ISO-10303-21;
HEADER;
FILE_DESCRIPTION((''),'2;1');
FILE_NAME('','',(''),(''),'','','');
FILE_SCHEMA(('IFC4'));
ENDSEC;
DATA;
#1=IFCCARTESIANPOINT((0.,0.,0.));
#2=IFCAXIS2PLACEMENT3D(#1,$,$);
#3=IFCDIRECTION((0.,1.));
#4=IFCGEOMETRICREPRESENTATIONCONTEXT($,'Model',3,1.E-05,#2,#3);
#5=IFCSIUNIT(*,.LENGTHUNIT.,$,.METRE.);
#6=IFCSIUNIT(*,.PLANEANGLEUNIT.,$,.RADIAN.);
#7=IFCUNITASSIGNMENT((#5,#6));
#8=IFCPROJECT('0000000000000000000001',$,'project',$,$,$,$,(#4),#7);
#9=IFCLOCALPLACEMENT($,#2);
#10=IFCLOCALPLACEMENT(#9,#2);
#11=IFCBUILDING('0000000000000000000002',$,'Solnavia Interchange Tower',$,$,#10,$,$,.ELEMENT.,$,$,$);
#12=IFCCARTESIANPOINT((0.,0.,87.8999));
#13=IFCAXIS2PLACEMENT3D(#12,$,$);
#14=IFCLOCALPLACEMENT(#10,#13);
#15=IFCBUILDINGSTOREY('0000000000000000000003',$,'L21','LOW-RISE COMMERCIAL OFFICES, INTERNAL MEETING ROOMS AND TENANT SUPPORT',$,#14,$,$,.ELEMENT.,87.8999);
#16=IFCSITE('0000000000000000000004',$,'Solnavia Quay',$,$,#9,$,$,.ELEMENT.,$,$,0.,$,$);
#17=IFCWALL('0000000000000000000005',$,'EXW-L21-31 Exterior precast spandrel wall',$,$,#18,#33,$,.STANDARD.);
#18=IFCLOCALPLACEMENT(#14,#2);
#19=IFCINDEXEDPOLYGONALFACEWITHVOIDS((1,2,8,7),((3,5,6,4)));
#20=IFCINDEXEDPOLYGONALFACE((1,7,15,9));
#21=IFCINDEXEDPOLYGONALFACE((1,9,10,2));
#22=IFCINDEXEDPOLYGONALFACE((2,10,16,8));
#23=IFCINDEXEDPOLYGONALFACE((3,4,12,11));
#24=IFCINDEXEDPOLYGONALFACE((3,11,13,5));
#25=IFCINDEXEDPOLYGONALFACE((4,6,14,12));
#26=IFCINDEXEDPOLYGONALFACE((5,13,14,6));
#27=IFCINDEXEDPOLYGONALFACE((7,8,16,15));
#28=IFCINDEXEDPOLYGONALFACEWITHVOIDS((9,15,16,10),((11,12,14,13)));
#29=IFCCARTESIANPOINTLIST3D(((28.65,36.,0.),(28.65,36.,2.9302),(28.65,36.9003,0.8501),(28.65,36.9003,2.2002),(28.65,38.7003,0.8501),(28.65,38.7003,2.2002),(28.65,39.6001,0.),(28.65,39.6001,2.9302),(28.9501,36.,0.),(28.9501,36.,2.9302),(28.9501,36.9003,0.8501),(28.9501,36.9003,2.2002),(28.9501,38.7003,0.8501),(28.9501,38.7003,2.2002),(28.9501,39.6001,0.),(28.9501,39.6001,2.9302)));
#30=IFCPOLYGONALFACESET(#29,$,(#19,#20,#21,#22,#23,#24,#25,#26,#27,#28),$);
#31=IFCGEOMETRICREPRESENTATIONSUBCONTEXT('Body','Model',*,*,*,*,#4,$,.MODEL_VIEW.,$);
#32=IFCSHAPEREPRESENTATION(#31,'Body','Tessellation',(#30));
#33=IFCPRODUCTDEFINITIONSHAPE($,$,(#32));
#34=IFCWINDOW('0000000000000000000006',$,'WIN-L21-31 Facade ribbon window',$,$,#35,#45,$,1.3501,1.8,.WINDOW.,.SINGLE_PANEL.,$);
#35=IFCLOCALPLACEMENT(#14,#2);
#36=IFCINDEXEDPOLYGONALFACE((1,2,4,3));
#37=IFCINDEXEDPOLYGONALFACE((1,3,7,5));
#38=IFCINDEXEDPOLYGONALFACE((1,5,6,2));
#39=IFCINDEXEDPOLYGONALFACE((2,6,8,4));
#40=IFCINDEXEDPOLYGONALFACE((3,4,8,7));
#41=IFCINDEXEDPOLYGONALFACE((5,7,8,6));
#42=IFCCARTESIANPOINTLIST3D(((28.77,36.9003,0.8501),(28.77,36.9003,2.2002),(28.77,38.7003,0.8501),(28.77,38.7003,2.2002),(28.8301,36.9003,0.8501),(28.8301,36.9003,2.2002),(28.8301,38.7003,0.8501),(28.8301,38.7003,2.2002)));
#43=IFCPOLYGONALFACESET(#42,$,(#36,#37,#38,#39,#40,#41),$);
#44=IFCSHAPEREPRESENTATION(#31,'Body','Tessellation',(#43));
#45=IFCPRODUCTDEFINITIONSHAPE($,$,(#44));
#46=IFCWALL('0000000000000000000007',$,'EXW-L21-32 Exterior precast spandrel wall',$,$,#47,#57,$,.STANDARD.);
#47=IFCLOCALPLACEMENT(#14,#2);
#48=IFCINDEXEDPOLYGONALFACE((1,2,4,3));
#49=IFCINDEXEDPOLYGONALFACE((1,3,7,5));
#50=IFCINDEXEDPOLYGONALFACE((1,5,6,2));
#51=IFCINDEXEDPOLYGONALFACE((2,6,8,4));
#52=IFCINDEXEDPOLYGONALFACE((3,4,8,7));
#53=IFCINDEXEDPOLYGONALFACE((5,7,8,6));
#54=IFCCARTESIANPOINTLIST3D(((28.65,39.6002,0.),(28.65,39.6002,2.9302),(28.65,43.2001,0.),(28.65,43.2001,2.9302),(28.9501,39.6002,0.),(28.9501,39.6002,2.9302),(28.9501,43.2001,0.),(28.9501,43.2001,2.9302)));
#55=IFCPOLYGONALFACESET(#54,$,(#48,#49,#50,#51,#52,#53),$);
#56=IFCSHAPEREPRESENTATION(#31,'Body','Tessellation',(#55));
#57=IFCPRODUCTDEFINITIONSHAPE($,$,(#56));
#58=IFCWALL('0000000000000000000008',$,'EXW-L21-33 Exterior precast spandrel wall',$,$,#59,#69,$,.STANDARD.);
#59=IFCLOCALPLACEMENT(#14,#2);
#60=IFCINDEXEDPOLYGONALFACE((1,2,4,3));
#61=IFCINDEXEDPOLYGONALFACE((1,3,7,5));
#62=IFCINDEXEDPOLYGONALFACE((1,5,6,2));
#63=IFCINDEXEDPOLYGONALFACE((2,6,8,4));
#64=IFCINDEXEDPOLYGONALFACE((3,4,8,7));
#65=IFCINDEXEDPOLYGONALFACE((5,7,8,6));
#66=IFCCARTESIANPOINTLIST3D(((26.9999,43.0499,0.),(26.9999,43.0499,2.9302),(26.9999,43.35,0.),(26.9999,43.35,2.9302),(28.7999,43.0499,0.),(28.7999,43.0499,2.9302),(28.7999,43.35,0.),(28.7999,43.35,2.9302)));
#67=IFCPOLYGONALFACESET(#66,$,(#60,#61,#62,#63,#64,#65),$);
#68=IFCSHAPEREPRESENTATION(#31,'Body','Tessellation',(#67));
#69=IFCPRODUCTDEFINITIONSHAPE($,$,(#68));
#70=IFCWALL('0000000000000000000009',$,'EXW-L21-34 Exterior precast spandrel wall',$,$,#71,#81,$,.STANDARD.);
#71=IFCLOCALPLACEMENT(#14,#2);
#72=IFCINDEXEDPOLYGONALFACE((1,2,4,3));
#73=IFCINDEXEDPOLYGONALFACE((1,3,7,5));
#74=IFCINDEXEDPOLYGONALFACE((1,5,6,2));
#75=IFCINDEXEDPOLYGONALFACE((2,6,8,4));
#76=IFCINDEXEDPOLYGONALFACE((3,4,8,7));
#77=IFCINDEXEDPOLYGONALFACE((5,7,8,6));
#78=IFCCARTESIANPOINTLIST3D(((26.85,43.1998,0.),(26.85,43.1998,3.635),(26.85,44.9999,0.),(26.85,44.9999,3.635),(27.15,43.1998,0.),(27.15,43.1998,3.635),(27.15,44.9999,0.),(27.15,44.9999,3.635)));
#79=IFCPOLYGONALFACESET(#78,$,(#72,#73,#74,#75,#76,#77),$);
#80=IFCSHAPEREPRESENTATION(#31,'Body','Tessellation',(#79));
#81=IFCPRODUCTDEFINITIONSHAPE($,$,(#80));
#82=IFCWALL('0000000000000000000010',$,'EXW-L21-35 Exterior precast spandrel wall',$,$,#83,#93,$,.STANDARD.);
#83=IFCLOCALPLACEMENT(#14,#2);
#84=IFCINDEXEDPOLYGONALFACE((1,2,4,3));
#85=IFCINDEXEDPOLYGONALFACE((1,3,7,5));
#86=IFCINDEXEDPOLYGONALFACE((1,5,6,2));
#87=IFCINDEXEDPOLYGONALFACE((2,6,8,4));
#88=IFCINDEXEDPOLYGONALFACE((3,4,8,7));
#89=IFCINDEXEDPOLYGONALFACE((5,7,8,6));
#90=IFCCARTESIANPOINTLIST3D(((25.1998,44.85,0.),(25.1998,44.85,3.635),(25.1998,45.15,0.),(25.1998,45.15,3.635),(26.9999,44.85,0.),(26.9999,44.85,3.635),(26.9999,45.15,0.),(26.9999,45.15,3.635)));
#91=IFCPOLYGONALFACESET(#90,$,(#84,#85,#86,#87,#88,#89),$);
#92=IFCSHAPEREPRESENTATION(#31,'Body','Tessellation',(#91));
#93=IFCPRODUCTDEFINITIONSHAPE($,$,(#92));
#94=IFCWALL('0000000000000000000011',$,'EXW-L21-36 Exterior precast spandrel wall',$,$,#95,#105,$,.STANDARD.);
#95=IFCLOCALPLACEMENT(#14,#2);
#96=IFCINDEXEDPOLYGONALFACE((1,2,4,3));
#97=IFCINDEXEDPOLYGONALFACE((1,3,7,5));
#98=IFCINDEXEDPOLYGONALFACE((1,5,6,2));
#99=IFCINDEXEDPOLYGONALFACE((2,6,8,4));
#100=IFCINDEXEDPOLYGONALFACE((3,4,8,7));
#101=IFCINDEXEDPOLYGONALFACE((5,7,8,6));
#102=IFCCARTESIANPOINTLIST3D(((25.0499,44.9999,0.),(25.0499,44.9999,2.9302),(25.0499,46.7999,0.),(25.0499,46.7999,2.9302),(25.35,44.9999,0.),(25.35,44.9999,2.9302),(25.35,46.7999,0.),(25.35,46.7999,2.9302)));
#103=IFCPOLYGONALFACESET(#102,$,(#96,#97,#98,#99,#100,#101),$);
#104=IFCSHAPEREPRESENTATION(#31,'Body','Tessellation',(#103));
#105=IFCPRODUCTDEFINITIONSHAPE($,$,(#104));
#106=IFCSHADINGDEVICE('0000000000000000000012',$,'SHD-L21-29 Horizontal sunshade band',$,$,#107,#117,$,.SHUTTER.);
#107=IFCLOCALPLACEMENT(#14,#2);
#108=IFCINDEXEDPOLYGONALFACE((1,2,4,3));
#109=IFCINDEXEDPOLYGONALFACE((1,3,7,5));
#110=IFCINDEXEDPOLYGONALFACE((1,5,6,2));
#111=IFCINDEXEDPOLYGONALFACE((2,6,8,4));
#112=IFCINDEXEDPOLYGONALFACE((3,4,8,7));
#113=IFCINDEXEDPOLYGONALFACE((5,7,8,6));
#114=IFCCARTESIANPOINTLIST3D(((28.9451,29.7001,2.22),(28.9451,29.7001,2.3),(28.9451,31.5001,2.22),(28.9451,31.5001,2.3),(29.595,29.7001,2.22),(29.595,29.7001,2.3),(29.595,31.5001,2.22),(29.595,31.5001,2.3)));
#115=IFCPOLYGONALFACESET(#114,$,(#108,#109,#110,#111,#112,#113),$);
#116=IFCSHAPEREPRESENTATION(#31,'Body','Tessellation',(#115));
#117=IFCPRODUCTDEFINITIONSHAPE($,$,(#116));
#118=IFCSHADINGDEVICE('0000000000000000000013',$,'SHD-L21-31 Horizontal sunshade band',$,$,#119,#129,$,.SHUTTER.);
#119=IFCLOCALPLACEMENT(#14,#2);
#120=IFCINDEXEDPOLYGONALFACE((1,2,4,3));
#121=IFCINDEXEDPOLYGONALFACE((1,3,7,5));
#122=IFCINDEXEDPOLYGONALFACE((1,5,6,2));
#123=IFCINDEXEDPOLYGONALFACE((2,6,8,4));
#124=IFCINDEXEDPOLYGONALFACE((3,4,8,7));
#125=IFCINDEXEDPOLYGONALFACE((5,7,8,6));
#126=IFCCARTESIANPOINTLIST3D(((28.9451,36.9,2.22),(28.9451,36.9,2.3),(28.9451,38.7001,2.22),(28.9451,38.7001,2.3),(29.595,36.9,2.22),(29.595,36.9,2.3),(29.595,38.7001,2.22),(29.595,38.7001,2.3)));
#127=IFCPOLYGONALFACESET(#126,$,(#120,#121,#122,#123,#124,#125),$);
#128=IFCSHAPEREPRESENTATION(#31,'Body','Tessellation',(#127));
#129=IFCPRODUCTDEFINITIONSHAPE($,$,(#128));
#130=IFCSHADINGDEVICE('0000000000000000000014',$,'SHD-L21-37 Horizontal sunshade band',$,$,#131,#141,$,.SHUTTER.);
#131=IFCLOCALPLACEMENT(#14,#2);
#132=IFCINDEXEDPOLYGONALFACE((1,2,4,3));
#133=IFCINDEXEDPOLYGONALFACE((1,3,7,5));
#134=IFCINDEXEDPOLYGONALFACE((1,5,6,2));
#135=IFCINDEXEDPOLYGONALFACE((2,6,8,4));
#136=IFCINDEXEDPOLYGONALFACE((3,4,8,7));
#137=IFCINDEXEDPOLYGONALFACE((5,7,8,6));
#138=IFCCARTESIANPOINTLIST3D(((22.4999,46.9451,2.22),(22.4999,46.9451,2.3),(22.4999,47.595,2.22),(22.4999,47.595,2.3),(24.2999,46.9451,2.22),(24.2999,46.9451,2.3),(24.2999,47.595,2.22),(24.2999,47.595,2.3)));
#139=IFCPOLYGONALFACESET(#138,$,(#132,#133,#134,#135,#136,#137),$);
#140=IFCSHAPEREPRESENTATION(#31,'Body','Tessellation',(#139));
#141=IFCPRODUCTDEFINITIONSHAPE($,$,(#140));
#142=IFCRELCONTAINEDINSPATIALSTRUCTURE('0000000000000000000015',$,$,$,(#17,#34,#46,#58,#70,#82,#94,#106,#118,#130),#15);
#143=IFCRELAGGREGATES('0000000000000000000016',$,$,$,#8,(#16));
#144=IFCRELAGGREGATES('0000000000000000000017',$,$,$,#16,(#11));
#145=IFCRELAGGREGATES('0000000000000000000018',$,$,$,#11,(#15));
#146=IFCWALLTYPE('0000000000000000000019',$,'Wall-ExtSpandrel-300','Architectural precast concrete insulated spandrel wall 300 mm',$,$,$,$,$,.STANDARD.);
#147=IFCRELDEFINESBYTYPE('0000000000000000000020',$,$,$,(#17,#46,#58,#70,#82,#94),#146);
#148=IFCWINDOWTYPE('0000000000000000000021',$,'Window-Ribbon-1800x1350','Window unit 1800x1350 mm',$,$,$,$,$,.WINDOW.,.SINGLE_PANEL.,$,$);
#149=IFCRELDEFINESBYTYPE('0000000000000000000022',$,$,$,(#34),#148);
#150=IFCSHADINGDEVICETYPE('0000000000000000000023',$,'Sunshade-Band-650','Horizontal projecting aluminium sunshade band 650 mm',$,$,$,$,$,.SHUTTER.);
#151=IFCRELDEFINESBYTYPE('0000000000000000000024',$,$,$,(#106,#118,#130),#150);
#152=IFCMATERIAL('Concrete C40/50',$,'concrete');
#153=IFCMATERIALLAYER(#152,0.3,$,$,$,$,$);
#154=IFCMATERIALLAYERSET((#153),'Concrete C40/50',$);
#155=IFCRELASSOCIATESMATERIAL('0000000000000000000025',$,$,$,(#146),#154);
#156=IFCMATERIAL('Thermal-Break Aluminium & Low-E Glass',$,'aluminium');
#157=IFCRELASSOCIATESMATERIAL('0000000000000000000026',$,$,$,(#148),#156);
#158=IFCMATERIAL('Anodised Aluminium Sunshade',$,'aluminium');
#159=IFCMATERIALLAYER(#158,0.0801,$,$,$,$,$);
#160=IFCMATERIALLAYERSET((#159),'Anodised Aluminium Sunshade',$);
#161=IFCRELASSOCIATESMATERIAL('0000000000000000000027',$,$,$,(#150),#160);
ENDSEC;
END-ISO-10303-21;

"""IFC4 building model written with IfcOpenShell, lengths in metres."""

from ifc_helpers import new_model, si_unit, direction, frame, frame_2d, origin, origin_2d, place, context, subcontext, project, spatial, rectangle, extrude, material, layer, layer_set, type_object, element, fill, save


model = new_model("IFC4")

# Units and contexts
model_context = context("Model", 3, precision=1e-05, world=origin(), true_north=direction((0.0, 1.0)))
body_context = subcontext(model_context, "Body", "Model", "MODEL_VIEW")
ifc_project = project(units=[si_unit("LENGTHUNIT", "METRE"), si_unit("PLANEANGLEUNIT", "RADIAN")], contexts=[model_context])

# Site, building, storey
site_placement = place(None, origin())
site = spatial("IfcSite", under=ifc_project, at=site_placement, Name="Solnavia Quay", CompositionType="ELEMENT", RefElevation=0.0)
building_placement = place(site_placement, origin())
building = spatial("IfcBuilding", under=site, at=building_placement, Name="Solnavia Interchange Tower", CompositionType="ELEMENT")
storey_placement = place(building_placement, frame((0.0, 0.0, 87.8999)))
storey = spatial("IfcBuildingStorey", under=building, at=storey_placement, Name="L21", Description="LOW-RISE COMMERCIAL OFFICES, INTERNAL MEETING ROOMS AND TENANT SUPPORT", CompositionType="ELEMENT", Elevation=87.8999)

# Wall, opening, window
ifc_material_1 = material(Name="Concrete C40/50", Category="concrete")
ifc_layer_1 = layer(ifc_material_1, 0.3)
ifc_layer_set_1 = layer_set([ifc_layer_1], Name="Concrete C40/50")
wall_type_1 = type_object("IfcWallType", Name="Wall-ExtSpandrel-300", Description="Architectural precast concrete insulated spandrel wall 300 mm", PredefinedType="STANDARD", material=ifc_layer_set_1)
ifc_material_2 = material(Name="Thermal-Break Aluminium & Low-E Glass", Category="aluminium")
window_type = type_object("IfcWindowType", Name="Window-Ribbon-1800x1350", Description="Window unit 1800x1350 mm", PartitioningType="SINGLE_PANEL", PredefinedType="WINDOW", material=ifc_material_2)
wall_1_placement = place(storey_placement, frame((28.8, 39.6001, 0.0), z_axis=(0.0, 0.0, 1.0), x_axis=(0.0, -1.0, 0.0)))
wall_1 = element("IfcWall", 1, at=wall_1_placement, inside=storey, type_object=wall_type_1, Name="EXW-L21-31 Exterior precast spandrel wall", PredefinedType="STANDARD", context=body_context, shape_type="SweptSolid", body=[
    extrude(rectangle(XDim=3.6001, YDim=0.3, at=frame_2d((1.8, 0.0))), origin(), (0.0, 0.0, 1.0), 2.9302),
])
opening_1_placement = place(wall_1_placement, frame((0.8999, 0.0, 0.8501)))
opening_1 = element("IfcOpeningElement", 2, at=opening_1_placement, cuts=wall_1, PredefinedType="OPENING", context=body_context, shape_type="SweptSolid", body=[
    extrude(rectangle(XDim=1.8, YDim=1.3501, at=frame_2d((0.8999, 0.675))), frame((0.0, 0.1602, 0.0), z_axis=(0.0, -1.0, 0.0), x_axis=(1.0, 0.0, 0.0)), (0.0, 0.0, 1.0), 0.3201),
])
window_1_placement = place(opening_1_placement, origin())
window_1 = element("IfcWindow", 3, at=window_1_placement, inside=storey, type_object=window_type, Name="WIN-L21-31 Facade ribbon window", OverallHeight=1.3501, OverallWidth=1.8, PartitioningType="SINGLE_PANEL", PredefinedType="WINDOW", context=body_context, shape_type="SweptSolid", body=[
    extrude(rectangle(XDim=1.8, YDim=1.3501, at=frame_2d((0.8999, 0.675))), frame((0.0, 0.03, 0.0), z_axis=(0.0, -1.0, 0.0), x_axis=(1.0, 0.0, 0.0)), (0.0, 0.0, 1.0), 0.0601),
])
fill(opening_1, window_1)

# Walls
wall_2_placement = place(storey_placement, frame((28.8, 43.2, 0.0), z_axis=(0.0, 0.0, 1.0), x_axis=(0.0, -1.0, 0.0)))
element("IfcWall", 4, at=wall_2_placement, inside=storey, type_object=wall_type_1, Name="EXW-L21-32 Exterior precast spandrel wall", PredefinedType="STANDARD", context=body_context, shape_type="SweptSolid", body=[
    extrude(rectangle(XDim=3.5999, YDim=0.3, at=frame_2d((1.7998, 0.0))), origin(), (0.0, 0.0, 1.0), 2.9302),
])
wall_3_placement = place(storey_placement, frame((27.0, 43.2, 0.0), z_axis=(0.0, 0.0, 1.0), x_axis=(1.0, 0.0, 0.0)))
element("IfcWall", 5, at=wall_3_placement, inside=storey, type_object=wall_type_1, Name="EXW-L21-33 Exterior precast spandrel wall", PredefinedType="STANDARD", context=body_context, shape_type="SweptSolid", body=[
    extrude(rectangle(XDim=1.8, YDim=0.3, at=frame_2d((0.8999, 0.0))), origin(), (0.0, 0.0, 1.0), 2.9302),
])
for number, where, z_axis, x_axis, name in (
    (6, (27.0, 43.2, 0.0), (0.0, 0.0, 1.0), (0.0, 1.0, 0.0), "EXW-L21-34 Exterior precast spandrel wall"),
    (7, (25.2, 45.0, 0.0), (0.0, 0.0, 1.0), (1.0, 0.0, 0.0), "EXW-L21-35 Exterior precast spandrel wall"),
):
    element("IfcWall", number, at=place(storey_placement, frame(where, z_axis=z_axis, x_axis=x_axis)), inside=storey, type_object=wall_type_1, Name=name, PredefinedType="STANDARD", context=body_context, shape_type="SweptSolid", body=[
        extrude(rectangle(XDim=1.8, YDim=0.3, at=frame_2d((0.8999, 0.0))), origin(), (0.0, 0.0, 1.0), 3.635),
    ])
wall_4_placement = place(storey_placement, frame((25.2, 45.0, 0.0), z_axis=(0.0, 0.0, 1.0), x_axis=(0.0, 1.0, 0.0)))
element("IfcWall", 8, at=wall_4_placement, inside=storey, type_object=wall_type_1, Name="EXW-L21-36 Exterior precast spandrel wall", PredefinedType="STANDARD", context=body_context, shape_type="SweptSolid", body=[
    extrude(rectangle(XDim=1.8, YDim=0.3, at=frame_2d((0.8999, 0.0))), origin(), (0.0, 0.0, 1.0), 2.9302),
])

# Shading devices
ifc_material_3 = material(Name="Anodised Aluminium Sunshade", Category="aluminium")
ifc_layer_2 = layer(ifc_material_3, 0.0801)
ifc_layer_set_2 = layer_set([ifc_layer_2], Name="Anodised Aluminium Sunshade")
shading_device_type = type_object("IfcShadingDeviceType", Name="Sunshade-Band-650", Description="Horizontal projecting aluminium sunshade band 650 mm", PredefinedType="SHUTTER", material=ifc_layer_set_2)
for number, where, z_axis, x_axis, name in (
    (9, (29.27, 30.6001, 2.22), (0.0, 0.0, 1.0), (0.0, -1.0, 0.0), "SHD-L21-29 Horizontal sunshade band"),
    (10, (29.27, 37.8, 2.22), (0.0, 0.0, 1.0), (0.0, -1.0, 0.0), "SHD-L21-31 Horizontal sunshade band"),
    (11, (23.3999, 47.27, 2.22), (0.0, 0.0, 1.0), (1.0, 0.0, 0.0), "SHD-L21-37 Horizontal sunshade band"),
):
    element("IfcShadingDevice", number, at=place(storey_placement, frame(where, z_axis=z_axis, x_axis=x_axis)), inside=storey, type_object=shading_device_type, Name=name, PredefinedType="SHUTTER", context=body_context, shape_type="SweptSolid", body=[
        extrude(rectangle(XDim=1.8, YDim=0.6499, at=origin_2d()), origin(), (0.0, 0.0, 1.0), 0.0801),
    ])

save(model, "model.ifc")
